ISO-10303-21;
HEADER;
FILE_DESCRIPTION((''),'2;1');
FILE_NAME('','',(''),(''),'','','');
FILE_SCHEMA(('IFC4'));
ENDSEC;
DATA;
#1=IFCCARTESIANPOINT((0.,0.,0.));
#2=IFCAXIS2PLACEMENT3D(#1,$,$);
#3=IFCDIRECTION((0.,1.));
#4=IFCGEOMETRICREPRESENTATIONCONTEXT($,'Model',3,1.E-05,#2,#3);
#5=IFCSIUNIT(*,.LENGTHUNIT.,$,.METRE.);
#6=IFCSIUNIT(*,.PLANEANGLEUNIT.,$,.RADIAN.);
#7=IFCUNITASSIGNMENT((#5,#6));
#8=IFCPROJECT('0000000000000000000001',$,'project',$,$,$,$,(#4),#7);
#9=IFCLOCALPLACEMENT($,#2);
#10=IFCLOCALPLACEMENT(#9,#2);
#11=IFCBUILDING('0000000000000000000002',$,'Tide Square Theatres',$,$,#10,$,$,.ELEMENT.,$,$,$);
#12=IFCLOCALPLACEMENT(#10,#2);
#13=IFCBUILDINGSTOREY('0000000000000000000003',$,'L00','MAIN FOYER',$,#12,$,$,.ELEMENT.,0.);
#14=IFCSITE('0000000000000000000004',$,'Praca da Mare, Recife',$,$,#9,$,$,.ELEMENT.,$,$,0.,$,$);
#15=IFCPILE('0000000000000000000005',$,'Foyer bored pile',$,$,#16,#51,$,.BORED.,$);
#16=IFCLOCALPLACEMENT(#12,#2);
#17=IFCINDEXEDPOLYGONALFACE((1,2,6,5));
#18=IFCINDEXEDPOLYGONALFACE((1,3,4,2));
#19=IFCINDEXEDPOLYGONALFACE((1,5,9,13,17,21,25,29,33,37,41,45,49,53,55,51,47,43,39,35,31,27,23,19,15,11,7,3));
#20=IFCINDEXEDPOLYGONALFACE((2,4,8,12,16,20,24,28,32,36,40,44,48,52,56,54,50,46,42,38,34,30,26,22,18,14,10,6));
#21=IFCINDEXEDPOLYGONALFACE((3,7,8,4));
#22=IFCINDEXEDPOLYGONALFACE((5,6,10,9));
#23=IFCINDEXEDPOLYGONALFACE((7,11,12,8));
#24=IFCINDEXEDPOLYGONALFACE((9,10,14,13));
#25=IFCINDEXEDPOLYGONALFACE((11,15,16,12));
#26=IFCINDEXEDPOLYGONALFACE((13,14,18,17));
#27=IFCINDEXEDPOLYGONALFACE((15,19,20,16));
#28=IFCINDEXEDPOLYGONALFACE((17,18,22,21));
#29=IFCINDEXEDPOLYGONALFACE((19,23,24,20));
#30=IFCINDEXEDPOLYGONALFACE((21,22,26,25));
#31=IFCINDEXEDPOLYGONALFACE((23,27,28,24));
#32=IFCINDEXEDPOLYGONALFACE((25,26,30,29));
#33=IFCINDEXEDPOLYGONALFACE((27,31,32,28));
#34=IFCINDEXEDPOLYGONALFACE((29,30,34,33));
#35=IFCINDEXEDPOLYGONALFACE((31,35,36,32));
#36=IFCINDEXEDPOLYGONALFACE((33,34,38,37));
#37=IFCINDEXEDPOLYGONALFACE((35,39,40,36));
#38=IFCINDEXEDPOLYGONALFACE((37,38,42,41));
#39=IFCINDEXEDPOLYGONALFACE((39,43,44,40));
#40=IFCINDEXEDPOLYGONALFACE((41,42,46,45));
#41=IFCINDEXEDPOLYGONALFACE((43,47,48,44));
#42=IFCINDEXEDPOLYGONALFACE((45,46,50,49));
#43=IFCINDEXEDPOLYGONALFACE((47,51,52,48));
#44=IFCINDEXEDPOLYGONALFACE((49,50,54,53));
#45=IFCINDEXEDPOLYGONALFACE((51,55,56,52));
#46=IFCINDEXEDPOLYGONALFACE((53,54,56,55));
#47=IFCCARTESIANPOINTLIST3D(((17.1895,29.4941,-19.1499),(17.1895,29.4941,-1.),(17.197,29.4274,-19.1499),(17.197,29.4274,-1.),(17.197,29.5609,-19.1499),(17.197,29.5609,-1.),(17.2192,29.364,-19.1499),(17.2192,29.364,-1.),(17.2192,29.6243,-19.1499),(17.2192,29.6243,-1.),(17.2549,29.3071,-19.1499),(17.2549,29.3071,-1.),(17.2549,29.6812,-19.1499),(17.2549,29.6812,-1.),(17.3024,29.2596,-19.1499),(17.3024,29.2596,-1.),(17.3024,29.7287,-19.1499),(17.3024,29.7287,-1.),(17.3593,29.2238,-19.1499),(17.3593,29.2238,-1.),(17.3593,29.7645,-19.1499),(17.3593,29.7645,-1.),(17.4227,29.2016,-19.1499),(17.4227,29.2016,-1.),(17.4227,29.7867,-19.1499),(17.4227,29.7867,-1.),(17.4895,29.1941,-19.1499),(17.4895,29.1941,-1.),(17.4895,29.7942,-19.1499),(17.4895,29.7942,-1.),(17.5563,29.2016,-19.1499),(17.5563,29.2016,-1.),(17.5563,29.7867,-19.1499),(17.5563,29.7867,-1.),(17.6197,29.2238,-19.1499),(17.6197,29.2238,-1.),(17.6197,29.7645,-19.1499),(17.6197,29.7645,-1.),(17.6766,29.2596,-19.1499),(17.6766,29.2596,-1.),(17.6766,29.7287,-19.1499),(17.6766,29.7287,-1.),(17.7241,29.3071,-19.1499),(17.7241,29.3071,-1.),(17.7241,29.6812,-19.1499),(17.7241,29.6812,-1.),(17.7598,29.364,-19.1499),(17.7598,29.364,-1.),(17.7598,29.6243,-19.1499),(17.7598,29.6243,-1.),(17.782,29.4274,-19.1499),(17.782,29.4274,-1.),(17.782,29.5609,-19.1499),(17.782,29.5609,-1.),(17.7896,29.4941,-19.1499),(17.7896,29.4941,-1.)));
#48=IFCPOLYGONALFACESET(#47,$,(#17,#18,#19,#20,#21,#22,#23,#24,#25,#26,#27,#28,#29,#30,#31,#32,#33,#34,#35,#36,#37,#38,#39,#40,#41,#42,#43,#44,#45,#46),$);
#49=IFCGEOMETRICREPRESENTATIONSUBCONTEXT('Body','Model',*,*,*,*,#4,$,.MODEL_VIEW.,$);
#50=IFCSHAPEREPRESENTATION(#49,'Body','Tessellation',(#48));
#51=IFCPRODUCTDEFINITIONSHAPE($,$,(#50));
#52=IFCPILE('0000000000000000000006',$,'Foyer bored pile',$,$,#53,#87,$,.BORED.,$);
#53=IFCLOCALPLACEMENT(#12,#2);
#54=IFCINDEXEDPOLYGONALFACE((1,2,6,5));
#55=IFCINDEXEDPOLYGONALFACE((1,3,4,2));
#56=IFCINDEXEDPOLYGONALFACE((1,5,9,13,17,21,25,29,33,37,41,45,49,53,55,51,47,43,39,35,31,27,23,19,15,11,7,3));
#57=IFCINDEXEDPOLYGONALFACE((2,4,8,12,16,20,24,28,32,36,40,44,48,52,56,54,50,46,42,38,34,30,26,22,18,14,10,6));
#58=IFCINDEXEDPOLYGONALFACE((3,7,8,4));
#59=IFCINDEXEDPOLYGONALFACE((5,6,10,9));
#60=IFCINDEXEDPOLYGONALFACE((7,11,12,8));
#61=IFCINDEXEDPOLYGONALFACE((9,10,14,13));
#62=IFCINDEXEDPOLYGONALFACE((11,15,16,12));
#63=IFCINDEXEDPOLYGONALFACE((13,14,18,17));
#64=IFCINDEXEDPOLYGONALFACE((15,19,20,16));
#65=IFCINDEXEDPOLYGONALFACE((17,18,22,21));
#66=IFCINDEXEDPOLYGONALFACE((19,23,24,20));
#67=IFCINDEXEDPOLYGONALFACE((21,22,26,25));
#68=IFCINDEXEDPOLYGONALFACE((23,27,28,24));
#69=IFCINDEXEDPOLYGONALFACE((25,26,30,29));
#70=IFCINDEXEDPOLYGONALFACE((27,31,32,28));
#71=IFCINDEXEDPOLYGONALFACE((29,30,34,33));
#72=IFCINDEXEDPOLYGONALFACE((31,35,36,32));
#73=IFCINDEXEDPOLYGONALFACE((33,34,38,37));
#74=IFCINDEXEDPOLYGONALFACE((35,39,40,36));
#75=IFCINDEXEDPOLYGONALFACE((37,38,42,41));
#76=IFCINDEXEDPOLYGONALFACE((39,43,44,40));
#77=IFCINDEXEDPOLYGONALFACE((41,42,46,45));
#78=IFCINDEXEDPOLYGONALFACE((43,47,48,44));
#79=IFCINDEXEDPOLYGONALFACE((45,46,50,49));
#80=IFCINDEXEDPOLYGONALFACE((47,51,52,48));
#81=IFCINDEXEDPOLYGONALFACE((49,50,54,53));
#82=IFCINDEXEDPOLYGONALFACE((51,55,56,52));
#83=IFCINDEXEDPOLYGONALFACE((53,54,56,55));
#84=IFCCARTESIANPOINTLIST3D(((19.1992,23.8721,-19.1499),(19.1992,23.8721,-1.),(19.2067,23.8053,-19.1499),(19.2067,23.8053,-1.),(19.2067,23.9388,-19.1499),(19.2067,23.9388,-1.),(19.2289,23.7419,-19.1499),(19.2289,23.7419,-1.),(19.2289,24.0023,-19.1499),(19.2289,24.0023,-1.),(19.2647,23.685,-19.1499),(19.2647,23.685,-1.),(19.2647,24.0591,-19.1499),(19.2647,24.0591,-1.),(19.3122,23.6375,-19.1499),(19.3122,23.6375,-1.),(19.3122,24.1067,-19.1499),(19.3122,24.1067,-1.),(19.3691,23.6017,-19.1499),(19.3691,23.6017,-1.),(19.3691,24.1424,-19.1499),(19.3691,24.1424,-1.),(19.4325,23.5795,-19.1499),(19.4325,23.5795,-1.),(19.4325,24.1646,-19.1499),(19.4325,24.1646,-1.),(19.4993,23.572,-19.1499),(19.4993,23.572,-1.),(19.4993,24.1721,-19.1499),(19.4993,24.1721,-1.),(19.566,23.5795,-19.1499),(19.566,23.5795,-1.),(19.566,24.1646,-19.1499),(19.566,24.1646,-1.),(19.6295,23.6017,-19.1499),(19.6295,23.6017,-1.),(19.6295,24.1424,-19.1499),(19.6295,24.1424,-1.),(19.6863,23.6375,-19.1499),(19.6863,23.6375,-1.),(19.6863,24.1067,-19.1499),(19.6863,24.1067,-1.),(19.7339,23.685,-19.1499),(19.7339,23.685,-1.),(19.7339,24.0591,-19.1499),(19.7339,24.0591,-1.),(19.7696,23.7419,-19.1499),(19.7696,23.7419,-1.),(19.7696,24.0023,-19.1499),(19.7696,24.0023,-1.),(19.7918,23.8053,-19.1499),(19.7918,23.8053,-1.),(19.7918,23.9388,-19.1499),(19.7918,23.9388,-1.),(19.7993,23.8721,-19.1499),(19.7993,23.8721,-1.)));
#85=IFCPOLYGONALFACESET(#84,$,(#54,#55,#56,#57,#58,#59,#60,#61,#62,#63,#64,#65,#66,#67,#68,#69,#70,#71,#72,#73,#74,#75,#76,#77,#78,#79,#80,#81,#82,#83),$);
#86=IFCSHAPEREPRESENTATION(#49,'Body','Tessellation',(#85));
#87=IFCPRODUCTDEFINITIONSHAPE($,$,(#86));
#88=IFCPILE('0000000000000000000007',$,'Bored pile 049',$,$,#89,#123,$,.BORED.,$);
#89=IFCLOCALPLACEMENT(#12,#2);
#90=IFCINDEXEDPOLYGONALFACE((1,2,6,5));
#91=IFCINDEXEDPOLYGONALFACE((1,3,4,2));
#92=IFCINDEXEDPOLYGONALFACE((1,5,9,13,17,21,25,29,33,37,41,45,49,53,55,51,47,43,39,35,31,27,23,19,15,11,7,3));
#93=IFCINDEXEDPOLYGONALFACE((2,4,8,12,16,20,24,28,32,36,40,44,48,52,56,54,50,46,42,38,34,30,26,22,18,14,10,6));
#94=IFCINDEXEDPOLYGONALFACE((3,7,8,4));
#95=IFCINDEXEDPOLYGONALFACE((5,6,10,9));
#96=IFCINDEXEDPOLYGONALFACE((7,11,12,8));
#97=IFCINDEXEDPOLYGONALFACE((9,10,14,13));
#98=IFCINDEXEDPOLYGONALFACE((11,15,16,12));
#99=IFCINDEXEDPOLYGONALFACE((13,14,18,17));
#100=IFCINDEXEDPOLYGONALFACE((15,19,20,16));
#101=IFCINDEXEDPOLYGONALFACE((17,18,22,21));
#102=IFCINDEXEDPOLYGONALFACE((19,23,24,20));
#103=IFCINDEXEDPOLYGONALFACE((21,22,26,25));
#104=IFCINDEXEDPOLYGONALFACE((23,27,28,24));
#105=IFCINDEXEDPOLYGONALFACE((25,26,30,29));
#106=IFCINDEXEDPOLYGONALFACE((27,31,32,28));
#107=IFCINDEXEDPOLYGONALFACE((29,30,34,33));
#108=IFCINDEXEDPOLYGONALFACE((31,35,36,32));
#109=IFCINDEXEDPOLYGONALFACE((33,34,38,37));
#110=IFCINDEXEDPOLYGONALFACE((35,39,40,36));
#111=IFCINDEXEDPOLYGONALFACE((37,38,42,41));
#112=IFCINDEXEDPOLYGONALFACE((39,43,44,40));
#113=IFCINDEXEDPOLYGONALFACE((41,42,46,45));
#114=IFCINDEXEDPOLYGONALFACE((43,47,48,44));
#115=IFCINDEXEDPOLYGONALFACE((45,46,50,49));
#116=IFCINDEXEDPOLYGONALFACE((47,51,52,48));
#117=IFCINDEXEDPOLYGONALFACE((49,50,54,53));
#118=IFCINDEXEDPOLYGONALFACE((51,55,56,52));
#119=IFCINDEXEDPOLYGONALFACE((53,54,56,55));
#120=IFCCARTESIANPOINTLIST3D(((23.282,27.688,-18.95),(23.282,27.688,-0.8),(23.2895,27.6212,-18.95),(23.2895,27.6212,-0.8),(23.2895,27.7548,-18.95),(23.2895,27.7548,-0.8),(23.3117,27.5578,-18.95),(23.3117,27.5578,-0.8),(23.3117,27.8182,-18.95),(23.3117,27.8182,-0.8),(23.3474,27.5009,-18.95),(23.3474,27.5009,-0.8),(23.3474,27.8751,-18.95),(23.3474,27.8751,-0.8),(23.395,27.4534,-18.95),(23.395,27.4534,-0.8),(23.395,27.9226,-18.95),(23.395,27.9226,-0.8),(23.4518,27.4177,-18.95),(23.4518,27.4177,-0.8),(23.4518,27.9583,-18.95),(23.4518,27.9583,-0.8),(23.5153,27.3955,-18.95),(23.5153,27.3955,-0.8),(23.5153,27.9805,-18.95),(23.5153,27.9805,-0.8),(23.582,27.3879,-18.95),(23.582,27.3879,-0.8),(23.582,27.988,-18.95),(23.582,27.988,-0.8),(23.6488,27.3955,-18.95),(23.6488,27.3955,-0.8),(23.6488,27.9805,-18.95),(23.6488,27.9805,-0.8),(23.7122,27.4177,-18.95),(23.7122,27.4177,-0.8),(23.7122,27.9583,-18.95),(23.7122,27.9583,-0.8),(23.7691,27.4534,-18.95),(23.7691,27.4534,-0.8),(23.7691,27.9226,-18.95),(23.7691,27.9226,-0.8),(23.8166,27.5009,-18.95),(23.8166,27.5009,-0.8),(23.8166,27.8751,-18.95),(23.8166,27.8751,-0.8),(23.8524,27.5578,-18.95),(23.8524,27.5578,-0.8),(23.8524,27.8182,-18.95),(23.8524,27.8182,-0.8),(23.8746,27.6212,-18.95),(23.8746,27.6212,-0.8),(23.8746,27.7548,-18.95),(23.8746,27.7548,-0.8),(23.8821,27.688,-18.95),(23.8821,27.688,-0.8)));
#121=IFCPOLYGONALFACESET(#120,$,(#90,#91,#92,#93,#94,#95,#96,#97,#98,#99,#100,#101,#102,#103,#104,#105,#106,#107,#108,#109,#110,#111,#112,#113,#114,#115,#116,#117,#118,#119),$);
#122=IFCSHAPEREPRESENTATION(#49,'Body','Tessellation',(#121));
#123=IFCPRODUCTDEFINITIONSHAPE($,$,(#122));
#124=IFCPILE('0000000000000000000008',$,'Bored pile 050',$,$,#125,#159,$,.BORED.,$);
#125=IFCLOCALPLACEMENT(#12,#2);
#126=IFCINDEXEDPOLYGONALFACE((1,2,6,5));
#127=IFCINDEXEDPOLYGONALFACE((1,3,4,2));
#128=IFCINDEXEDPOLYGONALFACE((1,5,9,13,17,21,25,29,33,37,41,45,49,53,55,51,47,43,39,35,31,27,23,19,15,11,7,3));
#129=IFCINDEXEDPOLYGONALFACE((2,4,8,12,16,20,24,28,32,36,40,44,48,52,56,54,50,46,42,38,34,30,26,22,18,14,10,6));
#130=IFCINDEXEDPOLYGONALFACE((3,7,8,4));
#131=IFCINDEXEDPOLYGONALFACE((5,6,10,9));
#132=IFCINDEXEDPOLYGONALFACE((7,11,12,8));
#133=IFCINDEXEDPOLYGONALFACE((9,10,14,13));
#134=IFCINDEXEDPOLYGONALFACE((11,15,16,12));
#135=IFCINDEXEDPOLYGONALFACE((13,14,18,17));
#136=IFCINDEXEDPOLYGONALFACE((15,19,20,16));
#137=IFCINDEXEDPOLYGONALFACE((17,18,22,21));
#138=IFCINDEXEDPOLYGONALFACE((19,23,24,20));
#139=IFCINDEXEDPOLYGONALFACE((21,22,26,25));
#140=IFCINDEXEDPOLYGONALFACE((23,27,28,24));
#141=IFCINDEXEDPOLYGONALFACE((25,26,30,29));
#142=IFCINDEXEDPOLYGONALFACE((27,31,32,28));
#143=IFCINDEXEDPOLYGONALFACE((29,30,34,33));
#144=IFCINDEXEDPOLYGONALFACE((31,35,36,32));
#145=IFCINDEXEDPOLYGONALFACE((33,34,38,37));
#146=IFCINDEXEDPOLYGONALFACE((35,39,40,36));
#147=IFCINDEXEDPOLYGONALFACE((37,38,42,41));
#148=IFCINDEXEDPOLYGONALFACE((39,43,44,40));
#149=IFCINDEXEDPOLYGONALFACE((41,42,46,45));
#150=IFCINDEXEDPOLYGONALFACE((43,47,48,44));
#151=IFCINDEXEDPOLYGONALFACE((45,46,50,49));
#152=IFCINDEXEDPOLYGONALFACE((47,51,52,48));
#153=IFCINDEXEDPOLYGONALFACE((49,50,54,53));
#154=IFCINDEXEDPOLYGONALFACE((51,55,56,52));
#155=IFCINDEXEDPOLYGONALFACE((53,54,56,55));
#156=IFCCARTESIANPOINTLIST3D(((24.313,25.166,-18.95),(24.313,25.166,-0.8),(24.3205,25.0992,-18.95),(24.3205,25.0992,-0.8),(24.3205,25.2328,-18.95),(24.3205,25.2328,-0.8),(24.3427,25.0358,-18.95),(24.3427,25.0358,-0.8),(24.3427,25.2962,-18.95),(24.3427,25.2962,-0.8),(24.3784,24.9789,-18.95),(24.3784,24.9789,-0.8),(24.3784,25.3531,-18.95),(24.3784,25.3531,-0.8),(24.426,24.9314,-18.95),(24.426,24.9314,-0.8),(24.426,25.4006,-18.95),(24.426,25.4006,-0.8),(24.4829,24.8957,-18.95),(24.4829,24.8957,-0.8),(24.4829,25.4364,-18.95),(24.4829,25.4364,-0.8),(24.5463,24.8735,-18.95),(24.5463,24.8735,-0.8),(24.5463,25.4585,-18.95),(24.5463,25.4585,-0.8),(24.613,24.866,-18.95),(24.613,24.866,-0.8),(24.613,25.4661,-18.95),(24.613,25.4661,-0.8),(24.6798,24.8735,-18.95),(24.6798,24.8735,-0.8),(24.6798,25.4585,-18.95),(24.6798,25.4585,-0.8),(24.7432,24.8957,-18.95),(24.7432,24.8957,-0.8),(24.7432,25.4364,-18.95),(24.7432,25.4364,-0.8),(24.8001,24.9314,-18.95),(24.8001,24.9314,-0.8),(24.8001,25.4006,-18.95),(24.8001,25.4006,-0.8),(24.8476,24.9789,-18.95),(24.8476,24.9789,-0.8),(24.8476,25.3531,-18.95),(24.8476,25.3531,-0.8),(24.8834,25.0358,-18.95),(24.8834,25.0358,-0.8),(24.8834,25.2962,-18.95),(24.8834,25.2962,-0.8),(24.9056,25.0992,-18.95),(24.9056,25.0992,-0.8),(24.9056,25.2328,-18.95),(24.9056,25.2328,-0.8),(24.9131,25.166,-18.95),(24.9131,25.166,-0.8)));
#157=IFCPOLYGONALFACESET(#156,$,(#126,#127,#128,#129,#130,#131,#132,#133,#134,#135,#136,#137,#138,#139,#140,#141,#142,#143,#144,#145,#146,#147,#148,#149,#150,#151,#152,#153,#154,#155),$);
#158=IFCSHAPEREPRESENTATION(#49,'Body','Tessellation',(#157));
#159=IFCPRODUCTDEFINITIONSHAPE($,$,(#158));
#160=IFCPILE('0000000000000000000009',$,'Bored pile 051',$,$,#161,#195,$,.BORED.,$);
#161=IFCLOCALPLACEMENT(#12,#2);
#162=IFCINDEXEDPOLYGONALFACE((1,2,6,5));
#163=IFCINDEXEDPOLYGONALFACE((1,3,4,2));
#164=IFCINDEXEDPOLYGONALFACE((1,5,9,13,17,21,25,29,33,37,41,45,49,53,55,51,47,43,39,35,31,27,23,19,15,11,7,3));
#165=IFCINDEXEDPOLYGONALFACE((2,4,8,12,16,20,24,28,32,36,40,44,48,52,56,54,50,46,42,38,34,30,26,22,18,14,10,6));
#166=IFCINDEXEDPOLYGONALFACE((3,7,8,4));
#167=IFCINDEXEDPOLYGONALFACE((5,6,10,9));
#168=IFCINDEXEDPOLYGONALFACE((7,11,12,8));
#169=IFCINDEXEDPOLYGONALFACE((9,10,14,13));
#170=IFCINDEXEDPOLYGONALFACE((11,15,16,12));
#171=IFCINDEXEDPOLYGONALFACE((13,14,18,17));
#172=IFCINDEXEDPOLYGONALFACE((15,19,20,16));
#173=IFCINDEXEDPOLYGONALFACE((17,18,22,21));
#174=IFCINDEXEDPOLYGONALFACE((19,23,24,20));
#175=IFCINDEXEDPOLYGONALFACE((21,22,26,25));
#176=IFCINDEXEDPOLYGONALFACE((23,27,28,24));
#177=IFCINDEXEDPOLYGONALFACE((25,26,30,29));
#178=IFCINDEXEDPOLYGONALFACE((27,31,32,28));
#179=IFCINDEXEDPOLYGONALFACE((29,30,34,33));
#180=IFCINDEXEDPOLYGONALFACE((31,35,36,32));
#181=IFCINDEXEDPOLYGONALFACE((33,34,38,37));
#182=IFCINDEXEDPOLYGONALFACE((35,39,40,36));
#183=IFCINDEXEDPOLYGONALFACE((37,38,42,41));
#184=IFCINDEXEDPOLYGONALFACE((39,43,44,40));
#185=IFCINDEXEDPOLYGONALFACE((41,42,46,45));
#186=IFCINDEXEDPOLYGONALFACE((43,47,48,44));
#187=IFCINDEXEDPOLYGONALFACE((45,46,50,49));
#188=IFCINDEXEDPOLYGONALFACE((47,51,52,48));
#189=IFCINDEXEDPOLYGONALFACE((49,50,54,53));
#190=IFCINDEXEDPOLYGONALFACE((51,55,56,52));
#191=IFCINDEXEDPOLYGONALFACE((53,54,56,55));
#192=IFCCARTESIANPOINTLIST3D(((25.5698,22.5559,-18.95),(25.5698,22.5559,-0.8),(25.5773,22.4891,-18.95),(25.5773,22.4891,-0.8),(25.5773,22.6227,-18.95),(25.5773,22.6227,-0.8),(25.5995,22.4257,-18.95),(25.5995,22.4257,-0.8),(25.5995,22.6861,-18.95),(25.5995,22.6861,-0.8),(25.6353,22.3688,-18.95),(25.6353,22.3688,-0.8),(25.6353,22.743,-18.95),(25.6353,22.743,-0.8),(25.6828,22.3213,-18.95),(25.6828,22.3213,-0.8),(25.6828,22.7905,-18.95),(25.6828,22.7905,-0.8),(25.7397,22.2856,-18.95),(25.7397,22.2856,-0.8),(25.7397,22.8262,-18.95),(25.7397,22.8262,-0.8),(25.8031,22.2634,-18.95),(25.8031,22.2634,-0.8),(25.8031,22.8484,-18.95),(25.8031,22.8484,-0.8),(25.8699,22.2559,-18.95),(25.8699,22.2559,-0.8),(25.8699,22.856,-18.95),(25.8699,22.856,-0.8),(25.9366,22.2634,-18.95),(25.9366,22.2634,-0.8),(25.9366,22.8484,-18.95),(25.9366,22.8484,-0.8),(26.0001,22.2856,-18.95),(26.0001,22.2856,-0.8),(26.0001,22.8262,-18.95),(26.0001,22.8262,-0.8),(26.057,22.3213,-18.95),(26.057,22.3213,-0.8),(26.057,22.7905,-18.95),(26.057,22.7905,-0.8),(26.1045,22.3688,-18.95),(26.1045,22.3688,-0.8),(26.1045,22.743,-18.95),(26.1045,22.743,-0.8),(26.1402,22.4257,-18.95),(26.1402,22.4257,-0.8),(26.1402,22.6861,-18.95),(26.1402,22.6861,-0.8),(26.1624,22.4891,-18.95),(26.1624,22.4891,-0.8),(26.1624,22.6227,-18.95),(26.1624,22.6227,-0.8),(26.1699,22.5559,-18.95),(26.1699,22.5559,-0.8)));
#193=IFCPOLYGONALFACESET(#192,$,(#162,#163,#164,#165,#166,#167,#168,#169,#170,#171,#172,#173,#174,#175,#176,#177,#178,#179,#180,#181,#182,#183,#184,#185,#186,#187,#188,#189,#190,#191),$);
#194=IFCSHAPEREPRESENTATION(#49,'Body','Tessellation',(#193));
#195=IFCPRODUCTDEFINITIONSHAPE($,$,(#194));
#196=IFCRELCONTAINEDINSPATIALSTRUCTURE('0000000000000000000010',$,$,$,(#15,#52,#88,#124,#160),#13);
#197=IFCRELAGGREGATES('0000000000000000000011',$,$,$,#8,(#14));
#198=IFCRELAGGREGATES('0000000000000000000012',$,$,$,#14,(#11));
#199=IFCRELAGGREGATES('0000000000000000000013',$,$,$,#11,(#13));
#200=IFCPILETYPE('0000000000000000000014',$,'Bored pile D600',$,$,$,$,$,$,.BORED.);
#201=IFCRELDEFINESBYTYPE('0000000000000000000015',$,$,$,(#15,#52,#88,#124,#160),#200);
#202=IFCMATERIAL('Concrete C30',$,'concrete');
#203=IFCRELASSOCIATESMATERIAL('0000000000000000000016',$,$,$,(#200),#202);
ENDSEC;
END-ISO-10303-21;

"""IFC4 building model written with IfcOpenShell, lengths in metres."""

from ifc_helpers import new_model, si_unit, direction, frame, origin, origin_2d, place, context, subcontext, project, spatial, circle, extrude, material, material_profile, profile_set, type_object, element, save


model = new_model("IFC4")

# Units and contexts
model_context = context("Model", 3, precision=1e-05, world=origin(), true_north=direction((0.0, 1.0)))
body_context = subcontext(model_context, "Body", "Model", "MODEL_VIEW")
ifc_project = project(units=[si_unit("LENGTHUNIT", "METRE"), si_unit("PLANEANGLEUNIT", "RADIAN")], contexts=[model_context])

# Site, building, storey
site_placement = place(None, origin())
site = spatial("IfcSite", under=ifc_project, at=site_placement, Name="Praca da Mare, Recife", CompositionType="ELEMENT", RefElevation=0.0)
building_placement = place(site_placement, origin())
building = spatial("IfcBuilding", under=site, at=building_placement, Name="Tide Square Theatres", CompositionType="ELEMENT")
storey_placement = place(building_placement, origin())
storey = spatial("IfcBuildingStorey", under=building, at=storey_placement, Name="L00", Description="MAIN FOYER", CompositionType="ELEMENT", Elevation=0.0)

# Piles
ifc_material_1 = material(Name="Concrete C30", Category="concrete")
ifc_material_profile_1 = material_profile(ifc_material_1, circle(Radius=0.3, at=origin_2d()))
ifc_profile_set_1 = profile_set([ifc_material_profile_1], Name="Concrete C30")
pile_type = type_object("IfcPileType", Name="Bored pile D600", PredefinedType="BORED", material=ifc_profile_set_1)
for number, where, z_axis, x_axis, name in (
    (1, (17.4895, 29.4941, -1.0), (0.0, 0.0, -1.0), (1.0, 0.0, 0.0), "Foyer bored pile"),
    (2, (19.4993, 23.8721, -1.0), (0.0, 0.0, -1.0), (1.0, 0.0, 0.0), "Foyer bored pile"),
    (3, (23.582, 27.688, -0.8), (0.0, 0.0, -1.0), (1.0, 0.0, 0.0), "Bored pile 049"),
    (4, (24.613, 25.166, -0.8), (0.0, 0.0, -1.0), (1.0, 0.0, 0.0), "Bored pile 050"),
    (5, (25.8699, 22.5559, -0.8), (0.0, 0.0, -1.0), (1.0, 0.0, 0.0), "Bored pile 051"),
):
    element("IfcPile", number, at=place(storey_placement, frame(where, z_axis=z_axis, x_axis=x_axis)), inside=storey, type_object=pile_type, Name=name, PredefinedType="BORED", context=body_context, shape_type="SweptSolid", body=[
        extrude(circle(Radius=0.3, at=origin_2d()), origin(), (0.0, 0.0, 1.0), 18.1499),
    ])

save(model, "model.ifc")
